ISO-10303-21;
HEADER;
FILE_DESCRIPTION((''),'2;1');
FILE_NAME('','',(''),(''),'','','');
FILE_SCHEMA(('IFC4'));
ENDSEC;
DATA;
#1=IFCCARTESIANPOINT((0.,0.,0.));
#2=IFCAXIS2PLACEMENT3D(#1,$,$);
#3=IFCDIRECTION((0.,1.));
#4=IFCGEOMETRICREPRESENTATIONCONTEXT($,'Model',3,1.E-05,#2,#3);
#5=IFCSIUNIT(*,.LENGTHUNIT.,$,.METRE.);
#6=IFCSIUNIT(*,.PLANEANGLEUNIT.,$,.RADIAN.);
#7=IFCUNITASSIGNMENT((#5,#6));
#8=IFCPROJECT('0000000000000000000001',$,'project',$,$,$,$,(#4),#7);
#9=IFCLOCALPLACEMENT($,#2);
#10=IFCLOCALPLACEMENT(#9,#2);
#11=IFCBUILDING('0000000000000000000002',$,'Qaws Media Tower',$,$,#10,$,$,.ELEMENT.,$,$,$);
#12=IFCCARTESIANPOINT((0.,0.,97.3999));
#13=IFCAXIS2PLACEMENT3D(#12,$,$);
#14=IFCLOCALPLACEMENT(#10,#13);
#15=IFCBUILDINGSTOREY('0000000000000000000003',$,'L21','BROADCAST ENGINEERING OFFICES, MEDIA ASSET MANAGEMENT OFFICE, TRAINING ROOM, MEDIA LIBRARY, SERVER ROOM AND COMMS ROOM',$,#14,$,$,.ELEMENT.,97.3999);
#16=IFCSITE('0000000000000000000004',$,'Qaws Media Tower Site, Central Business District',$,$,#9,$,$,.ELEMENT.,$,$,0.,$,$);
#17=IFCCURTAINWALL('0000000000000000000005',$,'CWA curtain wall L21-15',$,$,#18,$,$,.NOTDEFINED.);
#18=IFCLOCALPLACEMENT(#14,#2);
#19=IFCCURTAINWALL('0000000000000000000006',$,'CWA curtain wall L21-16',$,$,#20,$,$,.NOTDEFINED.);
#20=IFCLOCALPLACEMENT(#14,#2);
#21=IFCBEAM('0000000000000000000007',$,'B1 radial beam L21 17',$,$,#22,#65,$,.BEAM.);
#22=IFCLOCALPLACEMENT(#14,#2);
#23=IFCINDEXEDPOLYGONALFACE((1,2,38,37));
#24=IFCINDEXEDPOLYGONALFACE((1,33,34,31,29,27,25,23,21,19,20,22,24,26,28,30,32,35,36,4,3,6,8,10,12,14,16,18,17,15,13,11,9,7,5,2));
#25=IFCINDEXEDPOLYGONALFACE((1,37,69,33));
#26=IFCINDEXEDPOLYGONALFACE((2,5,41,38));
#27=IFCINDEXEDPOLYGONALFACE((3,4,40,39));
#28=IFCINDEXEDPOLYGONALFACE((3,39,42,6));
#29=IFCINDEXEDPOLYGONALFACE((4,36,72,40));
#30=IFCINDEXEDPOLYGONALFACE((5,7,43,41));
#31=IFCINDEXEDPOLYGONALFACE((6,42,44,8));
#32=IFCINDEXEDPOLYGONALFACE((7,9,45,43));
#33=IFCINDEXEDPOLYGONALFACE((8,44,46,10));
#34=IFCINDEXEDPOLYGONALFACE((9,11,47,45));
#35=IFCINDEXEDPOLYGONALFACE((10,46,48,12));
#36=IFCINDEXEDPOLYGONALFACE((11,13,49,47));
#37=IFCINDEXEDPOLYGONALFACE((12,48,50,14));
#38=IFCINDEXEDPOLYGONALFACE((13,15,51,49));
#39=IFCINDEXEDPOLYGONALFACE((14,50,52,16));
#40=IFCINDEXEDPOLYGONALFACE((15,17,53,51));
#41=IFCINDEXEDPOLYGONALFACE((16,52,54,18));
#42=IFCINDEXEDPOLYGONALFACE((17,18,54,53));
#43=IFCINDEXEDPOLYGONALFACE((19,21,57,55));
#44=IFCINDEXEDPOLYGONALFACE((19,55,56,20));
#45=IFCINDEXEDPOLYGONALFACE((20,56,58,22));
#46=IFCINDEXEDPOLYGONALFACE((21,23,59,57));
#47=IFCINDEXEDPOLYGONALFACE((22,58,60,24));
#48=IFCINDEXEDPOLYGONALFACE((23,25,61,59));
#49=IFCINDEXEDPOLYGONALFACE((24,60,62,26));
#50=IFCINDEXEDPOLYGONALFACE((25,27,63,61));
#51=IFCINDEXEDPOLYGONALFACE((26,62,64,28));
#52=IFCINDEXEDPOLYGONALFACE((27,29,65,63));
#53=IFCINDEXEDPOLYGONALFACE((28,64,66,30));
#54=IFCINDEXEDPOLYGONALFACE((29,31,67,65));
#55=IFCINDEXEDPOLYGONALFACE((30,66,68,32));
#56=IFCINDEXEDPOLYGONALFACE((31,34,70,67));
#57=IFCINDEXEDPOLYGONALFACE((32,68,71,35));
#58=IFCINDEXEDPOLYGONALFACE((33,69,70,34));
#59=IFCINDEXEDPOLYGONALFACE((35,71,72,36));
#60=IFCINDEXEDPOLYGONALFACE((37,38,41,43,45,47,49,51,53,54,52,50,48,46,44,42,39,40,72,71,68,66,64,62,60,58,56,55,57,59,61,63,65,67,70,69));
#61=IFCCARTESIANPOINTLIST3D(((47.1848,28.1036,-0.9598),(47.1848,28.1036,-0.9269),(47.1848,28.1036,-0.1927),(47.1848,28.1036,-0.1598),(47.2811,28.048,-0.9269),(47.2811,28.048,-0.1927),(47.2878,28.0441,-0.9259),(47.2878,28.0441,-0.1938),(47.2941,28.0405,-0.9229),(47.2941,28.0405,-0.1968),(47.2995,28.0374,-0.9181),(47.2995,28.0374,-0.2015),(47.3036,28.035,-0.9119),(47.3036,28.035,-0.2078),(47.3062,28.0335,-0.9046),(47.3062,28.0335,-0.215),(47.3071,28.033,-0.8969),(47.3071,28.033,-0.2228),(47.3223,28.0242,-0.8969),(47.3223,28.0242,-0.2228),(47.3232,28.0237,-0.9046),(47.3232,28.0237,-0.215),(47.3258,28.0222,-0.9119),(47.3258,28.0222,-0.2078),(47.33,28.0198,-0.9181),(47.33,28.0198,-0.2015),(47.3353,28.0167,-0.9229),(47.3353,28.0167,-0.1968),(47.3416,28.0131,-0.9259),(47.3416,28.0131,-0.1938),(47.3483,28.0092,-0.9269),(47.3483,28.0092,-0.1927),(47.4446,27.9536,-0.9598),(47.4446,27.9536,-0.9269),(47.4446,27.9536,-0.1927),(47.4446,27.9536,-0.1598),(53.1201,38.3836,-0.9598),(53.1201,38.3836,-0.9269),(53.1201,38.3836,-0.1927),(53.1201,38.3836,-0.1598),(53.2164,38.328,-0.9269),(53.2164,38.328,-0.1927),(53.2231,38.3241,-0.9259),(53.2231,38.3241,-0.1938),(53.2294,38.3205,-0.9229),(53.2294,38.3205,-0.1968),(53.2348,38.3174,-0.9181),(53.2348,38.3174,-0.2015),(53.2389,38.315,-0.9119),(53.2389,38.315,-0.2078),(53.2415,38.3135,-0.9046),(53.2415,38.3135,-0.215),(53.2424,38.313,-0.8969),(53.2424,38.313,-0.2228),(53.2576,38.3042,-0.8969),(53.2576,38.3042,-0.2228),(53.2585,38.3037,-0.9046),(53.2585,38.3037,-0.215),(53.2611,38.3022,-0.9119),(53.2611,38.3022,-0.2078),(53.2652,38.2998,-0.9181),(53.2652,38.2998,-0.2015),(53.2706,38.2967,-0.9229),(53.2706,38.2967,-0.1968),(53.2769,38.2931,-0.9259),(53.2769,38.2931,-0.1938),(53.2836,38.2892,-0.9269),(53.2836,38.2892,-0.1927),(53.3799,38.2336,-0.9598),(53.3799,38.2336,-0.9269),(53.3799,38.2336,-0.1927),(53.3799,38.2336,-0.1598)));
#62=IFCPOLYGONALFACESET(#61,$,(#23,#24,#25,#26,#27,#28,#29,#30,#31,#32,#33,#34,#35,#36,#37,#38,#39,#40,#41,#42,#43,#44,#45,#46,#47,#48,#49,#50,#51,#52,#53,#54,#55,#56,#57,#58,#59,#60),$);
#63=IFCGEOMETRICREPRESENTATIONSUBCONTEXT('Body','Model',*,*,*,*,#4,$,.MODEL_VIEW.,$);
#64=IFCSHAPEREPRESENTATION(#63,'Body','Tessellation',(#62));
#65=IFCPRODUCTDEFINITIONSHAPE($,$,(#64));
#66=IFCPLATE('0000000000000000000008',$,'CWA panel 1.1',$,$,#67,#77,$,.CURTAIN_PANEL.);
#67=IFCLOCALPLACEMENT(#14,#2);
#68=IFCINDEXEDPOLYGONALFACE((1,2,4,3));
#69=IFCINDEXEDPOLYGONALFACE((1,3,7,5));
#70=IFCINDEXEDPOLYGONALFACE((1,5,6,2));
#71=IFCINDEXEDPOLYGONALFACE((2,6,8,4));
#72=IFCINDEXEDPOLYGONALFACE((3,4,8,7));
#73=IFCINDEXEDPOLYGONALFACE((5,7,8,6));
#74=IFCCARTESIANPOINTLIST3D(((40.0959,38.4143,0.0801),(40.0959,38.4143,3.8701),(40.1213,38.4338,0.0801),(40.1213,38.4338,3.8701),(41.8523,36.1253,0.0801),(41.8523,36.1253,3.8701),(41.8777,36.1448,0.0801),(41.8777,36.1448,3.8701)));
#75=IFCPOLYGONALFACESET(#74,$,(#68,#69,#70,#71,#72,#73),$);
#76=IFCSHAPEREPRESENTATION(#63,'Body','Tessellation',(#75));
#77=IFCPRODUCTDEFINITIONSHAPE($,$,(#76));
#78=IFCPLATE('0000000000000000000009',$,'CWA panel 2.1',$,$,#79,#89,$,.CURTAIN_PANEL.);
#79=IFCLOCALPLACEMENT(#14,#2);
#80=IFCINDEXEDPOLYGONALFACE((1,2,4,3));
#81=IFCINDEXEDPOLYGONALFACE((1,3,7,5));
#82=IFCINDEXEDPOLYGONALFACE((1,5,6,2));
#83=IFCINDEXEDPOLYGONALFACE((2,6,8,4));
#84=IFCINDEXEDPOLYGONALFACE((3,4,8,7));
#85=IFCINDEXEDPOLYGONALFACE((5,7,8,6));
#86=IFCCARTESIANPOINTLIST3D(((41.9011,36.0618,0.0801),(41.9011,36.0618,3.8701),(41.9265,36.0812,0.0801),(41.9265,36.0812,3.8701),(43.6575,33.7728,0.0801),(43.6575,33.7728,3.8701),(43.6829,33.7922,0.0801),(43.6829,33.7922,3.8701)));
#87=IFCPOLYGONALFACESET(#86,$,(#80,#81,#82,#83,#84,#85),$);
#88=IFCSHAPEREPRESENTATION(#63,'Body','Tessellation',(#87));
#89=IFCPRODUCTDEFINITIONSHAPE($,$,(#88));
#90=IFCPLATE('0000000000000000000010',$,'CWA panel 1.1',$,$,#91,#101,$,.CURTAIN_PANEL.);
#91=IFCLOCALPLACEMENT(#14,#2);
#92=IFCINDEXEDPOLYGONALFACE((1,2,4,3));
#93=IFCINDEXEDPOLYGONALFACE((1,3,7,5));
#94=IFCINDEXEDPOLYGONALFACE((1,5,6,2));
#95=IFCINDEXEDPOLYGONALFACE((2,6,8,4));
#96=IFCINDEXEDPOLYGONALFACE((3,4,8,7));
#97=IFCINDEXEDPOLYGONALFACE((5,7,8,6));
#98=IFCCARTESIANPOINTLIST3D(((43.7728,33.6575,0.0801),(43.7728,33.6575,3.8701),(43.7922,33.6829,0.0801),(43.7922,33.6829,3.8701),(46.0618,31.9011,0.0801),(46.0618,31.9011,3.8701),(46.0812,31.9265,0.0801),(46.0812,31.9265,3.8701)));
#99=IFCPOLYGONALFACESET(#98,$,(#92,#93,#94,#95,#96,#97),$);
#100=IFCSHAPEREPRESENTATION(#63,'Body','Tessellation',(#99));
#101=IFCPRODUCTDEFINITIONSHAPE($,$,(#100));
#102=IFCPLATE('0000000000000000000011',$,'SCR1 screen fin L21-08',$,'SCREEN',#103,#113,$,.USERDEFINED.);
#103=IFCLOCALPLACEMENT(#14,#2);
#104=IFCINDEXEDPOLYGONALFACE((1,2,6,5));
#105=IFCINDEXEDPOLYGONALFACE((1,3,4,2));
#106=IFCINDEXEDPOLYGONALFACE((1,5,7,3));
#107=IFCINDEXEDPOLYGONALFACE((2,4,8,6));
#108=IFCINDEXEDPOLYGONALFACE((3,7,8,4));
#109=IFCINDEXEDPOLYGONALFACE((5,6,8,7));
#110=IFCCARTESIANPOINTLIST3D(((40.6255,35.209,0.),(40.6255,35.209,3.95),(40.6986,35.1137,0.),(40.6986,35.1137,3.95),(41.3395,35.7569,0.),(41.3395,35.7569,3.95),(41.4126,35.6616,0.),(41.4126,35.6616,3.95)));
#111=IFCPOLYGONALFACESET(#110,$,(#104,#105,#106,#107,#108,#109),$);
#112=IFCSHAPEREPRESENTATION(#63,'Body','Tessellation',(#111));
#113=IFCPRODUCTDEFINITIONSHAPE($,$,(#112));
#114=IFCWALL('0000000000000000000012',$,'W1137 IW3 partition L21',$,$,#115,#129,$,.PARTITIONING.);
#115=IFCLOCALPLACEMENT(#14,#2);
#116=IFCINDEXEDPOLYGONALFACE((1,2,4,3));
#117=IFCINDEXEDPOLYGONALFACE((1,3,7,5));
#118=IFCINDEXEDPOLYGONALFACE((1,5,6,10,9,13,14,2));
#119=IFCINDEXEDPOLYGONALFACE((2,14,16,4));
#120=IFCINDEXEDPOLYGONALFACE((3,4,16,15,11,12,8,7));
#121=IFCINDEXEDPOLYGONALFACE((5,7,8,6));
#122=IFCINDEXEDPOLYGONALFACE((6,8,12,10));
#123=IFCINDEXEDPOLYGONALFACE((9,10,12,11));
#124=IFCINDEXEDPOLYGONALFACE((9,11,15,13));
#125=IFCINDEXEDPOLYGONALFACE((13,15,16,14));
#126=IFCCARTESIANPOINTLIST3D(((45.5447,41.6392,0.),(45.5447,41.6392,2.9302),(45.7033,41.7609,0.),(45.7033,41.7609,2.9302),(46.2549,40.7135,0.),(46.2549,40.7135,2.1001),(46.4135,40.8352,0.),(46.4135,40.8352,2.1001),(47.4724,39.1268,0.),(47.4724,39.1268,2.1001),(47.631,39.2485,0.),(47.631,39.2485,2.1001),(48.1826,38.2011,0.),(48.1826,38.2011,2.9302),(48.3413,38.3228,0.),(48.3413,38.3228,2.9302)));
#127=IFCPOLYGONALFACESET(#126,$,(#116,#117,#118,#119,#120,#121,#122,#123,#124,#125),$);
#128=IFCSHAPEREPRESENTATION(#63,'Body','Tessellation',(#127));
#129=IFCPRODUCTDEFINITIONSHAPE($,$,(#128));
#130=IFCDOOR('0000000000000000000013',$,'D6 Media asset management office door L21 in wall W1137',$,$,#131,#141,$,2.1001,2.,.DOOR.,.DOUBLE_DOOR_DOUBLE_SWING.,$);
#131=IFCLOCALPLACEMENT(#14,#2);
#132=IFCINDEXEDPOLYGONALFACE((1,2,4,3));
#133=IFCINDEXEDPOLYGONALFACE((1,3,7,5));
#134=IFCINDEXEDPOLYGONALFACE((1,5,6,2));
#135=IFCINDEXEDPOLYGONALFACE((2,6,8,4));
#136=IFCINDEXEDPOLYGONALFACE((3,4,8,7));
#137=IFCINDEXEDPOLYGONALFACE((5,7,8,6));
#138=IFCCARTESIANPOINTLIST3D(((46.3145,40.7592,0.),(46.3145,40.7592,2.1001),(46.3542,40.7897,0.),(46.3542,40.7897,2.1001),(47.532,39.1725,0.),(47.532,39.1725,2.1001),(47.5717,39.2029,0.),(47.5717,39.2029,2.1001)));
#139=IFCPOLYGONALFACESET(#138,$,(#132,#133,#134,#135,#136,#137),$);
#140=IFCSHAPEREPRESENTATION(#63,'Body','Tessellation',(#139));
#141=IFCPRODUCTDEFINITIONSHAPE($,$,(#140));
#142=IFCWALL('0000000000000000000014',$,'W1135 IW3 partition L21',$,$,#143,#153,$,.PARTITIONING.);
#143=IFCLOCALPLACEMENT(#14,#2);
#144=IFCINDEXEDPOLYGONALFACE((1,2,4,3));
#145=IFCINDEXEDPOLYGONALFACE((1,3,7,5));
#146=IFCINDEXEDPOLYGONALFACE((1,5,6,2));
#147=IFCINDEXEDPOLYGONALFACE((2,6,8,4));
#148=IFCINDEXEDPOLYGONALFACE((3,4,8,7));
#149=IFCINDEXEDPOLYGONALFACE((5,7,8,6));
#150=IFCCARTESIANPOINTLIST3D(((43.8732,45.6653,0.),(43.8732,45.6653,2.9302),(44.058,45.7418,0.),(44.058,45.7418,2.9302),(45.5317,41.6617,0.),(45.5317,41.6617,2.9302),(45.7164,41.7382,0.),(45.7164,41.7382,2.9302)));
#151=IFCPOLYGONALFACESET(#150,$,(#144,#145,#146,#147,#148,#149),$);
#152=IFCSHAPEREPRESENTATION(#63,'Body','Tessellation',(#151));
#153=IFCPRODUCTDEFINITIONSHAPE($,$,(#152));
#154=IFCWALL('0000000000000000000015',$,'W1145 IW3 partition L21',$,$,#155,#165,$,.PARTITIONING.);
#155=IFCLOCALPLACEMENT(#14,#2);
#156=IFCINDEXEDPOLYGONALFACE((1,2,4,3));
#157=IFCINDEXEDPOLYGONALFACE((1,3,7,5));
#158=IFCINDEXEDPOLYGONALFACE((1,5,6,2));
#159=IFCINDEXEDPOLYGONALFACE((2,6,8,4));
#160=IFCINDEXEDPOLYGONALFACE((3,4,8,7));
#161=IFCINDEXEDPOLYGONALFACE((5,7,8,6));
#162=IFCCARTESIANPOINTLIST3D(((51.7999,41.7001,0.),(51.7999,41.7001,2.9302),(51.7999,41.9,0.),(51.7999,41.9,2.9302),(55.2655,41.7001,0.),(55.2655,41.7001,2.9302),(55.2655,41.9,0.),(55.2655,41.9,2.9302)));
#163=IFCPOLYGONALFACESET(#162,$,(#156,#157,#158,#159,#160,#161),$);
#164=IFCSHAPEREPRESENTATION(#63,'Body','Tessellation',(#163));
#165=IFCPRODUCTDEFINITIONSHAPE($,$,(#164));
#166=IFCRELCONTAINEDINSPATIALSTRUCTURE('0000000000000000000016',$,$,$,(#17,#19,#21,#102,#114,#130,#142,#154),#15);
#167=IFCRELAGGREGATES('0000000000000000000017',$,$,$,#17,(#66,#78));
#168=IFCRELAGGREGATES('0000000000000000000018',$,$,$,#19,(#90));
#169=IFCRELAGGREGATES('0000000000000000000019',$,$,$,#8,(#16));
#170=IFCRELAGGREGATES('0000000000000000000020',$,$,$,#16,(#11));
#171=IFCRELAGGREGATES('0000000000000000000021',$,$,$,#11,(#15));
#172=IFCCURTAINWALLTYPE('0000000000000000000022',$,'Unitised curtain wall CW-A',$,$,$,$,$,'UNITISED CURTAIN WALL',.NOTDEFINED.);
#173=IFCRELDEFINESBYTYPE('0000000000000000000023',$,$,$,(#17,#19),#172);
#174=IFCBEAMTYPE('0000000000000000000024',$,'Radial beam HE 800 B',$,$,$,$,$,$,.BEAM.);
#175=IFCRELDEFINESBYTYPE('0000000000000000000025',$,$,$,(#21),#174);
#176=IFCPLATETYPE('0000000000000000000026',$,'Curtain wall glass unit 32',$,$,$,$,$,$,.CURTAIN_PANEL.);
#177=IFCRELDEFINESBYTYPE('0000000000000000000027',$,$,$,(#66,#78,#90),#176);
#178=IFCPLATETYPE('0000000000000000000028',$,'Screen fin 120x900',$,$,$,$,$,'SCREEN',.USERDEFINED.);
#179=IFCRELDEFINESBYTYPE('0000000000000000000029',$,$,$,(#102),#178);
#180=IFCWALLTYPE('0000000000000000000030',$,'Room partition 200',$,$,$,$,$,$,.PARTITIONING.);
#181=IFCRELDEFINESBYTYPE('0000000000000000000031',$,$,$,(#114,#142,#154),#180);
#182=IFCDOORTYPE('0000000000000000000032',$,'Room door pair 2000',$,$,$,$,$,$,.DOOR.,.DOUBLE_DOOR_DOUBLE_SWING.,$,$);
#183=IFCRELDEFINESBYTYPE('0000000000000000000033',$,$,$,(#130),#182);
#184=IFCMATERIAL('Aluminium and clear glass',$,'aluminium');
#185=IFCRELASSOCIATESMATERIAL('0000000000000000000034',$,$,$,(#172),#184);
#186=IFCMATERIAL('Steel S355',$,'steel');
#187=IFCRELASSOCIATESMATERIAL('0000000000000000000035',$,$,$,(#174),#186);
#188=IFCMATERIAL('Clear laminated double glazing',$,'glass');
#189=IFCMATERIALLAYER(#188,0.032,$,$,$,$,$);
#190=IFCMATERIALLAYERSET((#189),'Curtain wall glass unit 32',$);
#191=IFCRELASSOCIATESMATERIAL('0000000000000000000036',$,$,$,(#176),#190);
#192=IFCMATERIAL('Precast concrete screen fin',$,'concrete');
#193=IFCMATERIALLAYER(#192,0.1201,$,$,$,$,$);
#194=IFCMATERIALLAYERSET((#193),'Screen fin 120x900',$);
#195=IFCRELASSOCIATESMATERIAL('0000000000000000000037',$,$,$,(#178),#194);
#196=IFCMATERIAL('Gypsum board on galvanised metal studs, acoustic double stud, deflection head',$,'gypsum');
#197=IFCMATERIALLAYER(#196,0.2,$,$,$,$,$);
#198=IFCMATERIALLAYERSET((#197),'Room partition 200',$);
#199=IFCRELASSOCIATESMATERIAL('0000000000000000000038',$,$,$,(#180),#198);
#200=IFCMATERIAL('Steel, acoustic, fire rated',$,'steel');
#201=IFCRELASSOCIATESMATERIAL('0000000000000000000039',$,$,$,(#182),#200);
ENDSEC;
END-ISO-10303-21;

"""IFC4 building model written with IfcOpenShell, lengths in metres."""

from ifc_helpers import new_model, si_unit, direction, frame, frame_2d, origin, origin_2d, place, context, subcontext, project, spatial, rectangle, i_section, extrude, material, layer, layer_set, material_profile, profile_set, type_object, element, fill, aggregate, save


model = new_model("IFC4")

# Units and contexts
model_context = context("Model", 3, precision=1e-05, world=origin(), true_north=direction((0.0, 1.0)))
body_context = subcontext(model_context, "Body", "Model", "MODEL_VIEW")
ifc_project = project(units=[si_unit("LENGTHUNIT", "METRE"), si_unit("PLANEANGLEUNIT", "RADIAN")], contexts=[model_context])

# Site, building, storey
site_placement = place(None, origin())
site = spatial("IfcSite", under=ifc_project, at=site_placement, Name="Qaws Media Tower Site, Central Business District", CompositionType="ELEMENT", RefElevation=0.0)
building_placement = place(site_placement, origin())
building = spatial("IfcBuilding", under=site, at=building_placement, Name="Qaws Media Tower", CompositionType="ELEMENT")
storey_placement = place(building_placement, frame((0.0, 0.0, 97.3999)))
storey = spatial("IfcBuildingStorey", under=building, at=storey_placement, Name="L21", Description="BROADCAST ENGINEERING OFFICES, MEDIA ASSET MANAGEMENT OFFICE, TRAINING ROOM, MEDIA LIBRARY, SERVER ROOM AND COMMS ROOM", CompositionType="ELEMENT", Elevation=97.3999)

# Curtain wall
ifc_material_1 = material(Name="Aluminium and clear glass", Category="aluminium")
curtain_wall_type = type_object("IfcCurtainWallType", Name="Unitised curtain wall CW-A", ElementType="UNITISED CURTAIN WALL", PredefinedType="NOTDEFINED", material=ifc_material_1)
curtain_wall_1_placement = place(storey_placement, origin())
curtain_wall_1 = element("IfcCurtainWall", 1, at=curtain_wall_1_placement, inside=storey, type_object=curtain_wall_type, Name="CWA curtain wall L21-15", PredefinedType="NOTDEFINED")

# Curtain wall
curtain_wall_2_placement = place(storey_placement, origin())
curtain_wall_2 = element("IfcCurtainWall", 2, at=curtain_wall_2_placement, inside=storey, type_object=curtain_wall_type, Name="CWA curtain wall L21-16", PredefinedType="NOTDEFINED")

# Beam
ifc_material_2 = material(Name="Steel S355", Category="steel")
ifc_material_profile_1 = material_profile(ifc_material_2, i_section(OverallWidth=0.3, OverallDepth=0.8, WebThickness=0.0176, FlangeThickness=0.033, FilletRadius=0.03, at=origin_2d()), Name="HE 800 B")
ifc_profile_set_1 = profile_set([ifc_material_profile_1], Name="Steel S355")
beam_type_1 = type_object("IfcBeamType", Name="Radial beam HE 800 B", PredefinedType="BEAM", material=ifc_profile_set_1)
beam_1_placement = place(storey_placement, frame((53.25, 38.3086, -0.5598), z_axis=(-0.500008, -0.866021, 0.0), x_axis=(0.866021, -0.500008, 0.0)))
element("IfcBeam", 3, at=beam_1_placement, inside=storey, type_object=beam_type_1, Name="B1 radial beam L21 17", PredefinedType="BEAM", context=body_context, shape_type="SweptSolid", body=[
    extrude(i_section(OverallWidth=0.3, OverallDepth=0.8, WebThickness=0.0176, FlangeThickness=0.033, FilletRadius=0.03, at=origin_2d()), origin(), (0.0, 0.0, 1.0), 11.8704),
])

# Plates
ifc_material_3 = material(Name="Clear laminated double glazing", Category="glass")
ifc_layer_1 = layer(ifc_material_3, 0.032)
ifc_layer_set_1 = layer_set([ifc_layer_1], Name="Curtain wall glass unit 32")
plate_type_1 = type_object("IfcPlateType", Name="Curtain wall glass unit 32", PredefinedType="CURTAIN_PANEL", material=ifc_layer_set_1)
plate_1_placement = place(storey_placement, frame((40.9868, 37.2795, 0.0801), z_axis=(0.0, 0.0, 1.0), x_axis=(0.608761, -0.793353, 0.0)))
plate_1 = element("IfcPlate", 4, at=plate_1_placement, type_object=plate_type_1, Name="CWA panel 1.1", PredefinedType="CURTAIN_PANEL", context=body_context, shape_type="SweptSolid", body=[
    extrude(rectangle(XDim=2.8853, YDim=0.032, at=origin_2d()), origin(), (0.0, 0.0, 1.0), 3.79),
])
plate_2_placement = place(storey_placement, frame((42.792, 34.927, 0.0801), z_axis=(0.0, 0.0, 1.0), x_axis=(0.608761, -0.793353, 0.0)))
plate_2 = element("IfcPlate", 5, at=plate_2_placement, type_object=plate_type_1, Name="CWA panel 2.1", PredefinedType="CURTAIN_PANEL", context=body_context, shape_type="SweptSolid", body=[
    extrude(rectangle(XDim=2.8853, YDim=0.032, at=origin_2d()), origin(), (0.0, 0.0, 1.0), 3.79),
])
aggregate(curtain_wall_1, [plate_1, plate_2])
plate_3_placement = place(storey_placement, frame((44.927, 32.792, 0.0801), z_axis=(0.0, 0.0, 1.0), x_axis=(0.793353, -0.608761, 0.0)))
plate_3 = element("IfcPlate", 6, at=plate_3_placement, type_object=plate_type_1, Name="CWA panel 1.1", PredefinedType="CURTAIN_PANEL", context=body_context, shape_type="SweptSolid", body=[
    extrude(rectangle(XDim=2.8853, YDim=0.032, at=origin_2d()), origin(), (0.0, 0.0, 1.0), 3.79),
])
aggregate(curtain_wall_2, [plate_3])
ifc_material_4 = material(Name="Precast concrete screen fin", Category="concrete")
ifc_layer_2 = layer(ifc_material_4, 0.1201)
ifc_layer_set_2 = layer_set([ifc_layer_2], Name="Screen fin 120x900")
plate_type_2 = type_object("IfcPlateType", Name="Screen fin 120x900", ElementType="SCREEN", PredefinedType="USERDEFINED", material=ifc_layer_set_2)
plate_4_placement = place(storey_placement, frame((41.019, 35.4353, 0.0), z_axis=(0.0, 0.0, 1.0), x_axis=(-0.793353, -0.608761, 0.0)))
element("IfcPlate", 7, at=plate_4_placement, inside=storey, type_object=plate_type_2, Name="SCR1 screen fin L21-08", ObjectType="SCREEN", PredefinedType="USERDEFINED", context=body_context, shape_type="SweptSolid", body=[
    extrude(rectangle(XDim=0.8999, YDim=0.1201, at=origin_2d()), origin(), (0.0, 0.0, 1.0), 3.95),
])

# Wall, opening, door
ifc_material_5 = material(Name="Gypsum board on galvanised metal studs, acoustic double stud, deflection head", Category="gypsum")
ifc_layer_3 = layer(ifc_material_5, 0.2)
ifc_layer_set_3 = layer_set([ifc_layer_3], Name="Room partition 200")
wall_type = type_object("IfcWallType", Name="Room partition 200", PredefinedType="PARTITIONING", material=ifc_layer_set_3)
wall_1_placement = place(storey_placement, frame((48.262, 38.262, 0.0), z_axis=(0.0, 0.0, 1.0), x_axis=(-0.608744, 0.793367, 0.0)))
wall_1 = element("IfcWall", 8, at=wall_1_placement, inside=storey, type_object=wall_type, Name="W1137 IW3 partition L21", PredefinedType="PARTITIONING", context=body_context, shape_type="SweptSolid", body=[
    extrude(rectangle(XDim=4.3335, YDim=0.2, at=frame_2d((2.1667, 0.0))), origin(), (0.0, 0.0, 1.0), 2.9302),
])
opening_1_placement = place(wall_1_placement, frame((1.1667, 0.0, 0.0)))
opening_1 = element("IfcOpeningElement", 9, at=opening_1_placement, cuts=wall_1, PredefinedType="OPENING", context=body_context, shape_type="SweptSolid", body=[
    extrude(rectangle(XDim=2.0, YDim=2.1001, at=frame_2d((1.0, 1.05))), frame((0.0, 0.1099, 0.0), z_axis=(0.0, -1.0, 0.0), x_axis=(1.0, 0.0, 0.0)), (0.0, 0.0, 1.0), 0.22),
])
ifc_material_6 = material(Name="Steel, acoustic, fire rated", Category="steel")
door_type_1 = type_object("IfcDoorType", Name="Room door pair 2000", OperationType="DOUBLE_DOOR_DOUBLE_SWING", PredefinedType="DOOR", material=ifc_material_6)
door_1_placement = place(opening_1_placement, origin())
door_1 = element("IfcDoor", 10, at=door_1_placement, inside=storey, type_object=door_type_1, Name="D6 Media asset management office door L21 in wall W1137", OperationType="DOUBLE_DOOR_DOUBLE_SWING", OverallHeight=2.1001, OverallWidth=2.0, PredefinedType="DOOR", context=body_context, shape_type="SweptSolid", body=[
    extrude(rectangle(XDim=2.0, YDim=2.1001, at=frame_2d((1.0, 1.05))), frame((0.0, 0.0249, 0.0), z_axis=(0.0, -1.0, 0.0), x_axis=(1.0, 0.0, 0.0)), (0.0, 0.0, 1.0), 0.05),
])
fill(opening_1, door_1)

# Walls
wall_2_placement = place(storey_placement, frame((45.624, 41.7, 0.0), z_axis=(0.0, 0.0, 1.0), x_axis=(-0.382698, 0.923873, 0.0)))
element("IfcWall", 11, at=wall_2_placement, inside=storey, type_object=wall_type, Name="W1135 IW3 partition L21", PredefinedType="PARTITIONING", context=body_context, shape_type="SweptSolid", body=[
    extrude(rectangle(XDim=4.3335, YDim=0.2, at=frame_2d((2.1667, 0.0))), origin(), (0.0, 0.0, 1.0), 2.9302),
])
wall_3_placement = place(storey_placement, frame((55.2656, 41.8, 0.0), z_axis=(0.0, 0.0, 1.0), x_axis=(-1.0, 0.0, 0.0)))
element("IfcWall", 12, at=wall_3_placement, inside=storey, type_object=wall_type, Name="W1145 IW3 partition L21", PredefinedType="PARTITIONING", context=body_context, shape_type="SweptSolid", body=[
    extrude(rectangle(XDim=3.4656, YDim=0.2, at=frame_2d((1.7329, 0.0))), origin(), (0.0, 0.0, 1.0), 2.9302),
])

save(model, "model.ifc")
